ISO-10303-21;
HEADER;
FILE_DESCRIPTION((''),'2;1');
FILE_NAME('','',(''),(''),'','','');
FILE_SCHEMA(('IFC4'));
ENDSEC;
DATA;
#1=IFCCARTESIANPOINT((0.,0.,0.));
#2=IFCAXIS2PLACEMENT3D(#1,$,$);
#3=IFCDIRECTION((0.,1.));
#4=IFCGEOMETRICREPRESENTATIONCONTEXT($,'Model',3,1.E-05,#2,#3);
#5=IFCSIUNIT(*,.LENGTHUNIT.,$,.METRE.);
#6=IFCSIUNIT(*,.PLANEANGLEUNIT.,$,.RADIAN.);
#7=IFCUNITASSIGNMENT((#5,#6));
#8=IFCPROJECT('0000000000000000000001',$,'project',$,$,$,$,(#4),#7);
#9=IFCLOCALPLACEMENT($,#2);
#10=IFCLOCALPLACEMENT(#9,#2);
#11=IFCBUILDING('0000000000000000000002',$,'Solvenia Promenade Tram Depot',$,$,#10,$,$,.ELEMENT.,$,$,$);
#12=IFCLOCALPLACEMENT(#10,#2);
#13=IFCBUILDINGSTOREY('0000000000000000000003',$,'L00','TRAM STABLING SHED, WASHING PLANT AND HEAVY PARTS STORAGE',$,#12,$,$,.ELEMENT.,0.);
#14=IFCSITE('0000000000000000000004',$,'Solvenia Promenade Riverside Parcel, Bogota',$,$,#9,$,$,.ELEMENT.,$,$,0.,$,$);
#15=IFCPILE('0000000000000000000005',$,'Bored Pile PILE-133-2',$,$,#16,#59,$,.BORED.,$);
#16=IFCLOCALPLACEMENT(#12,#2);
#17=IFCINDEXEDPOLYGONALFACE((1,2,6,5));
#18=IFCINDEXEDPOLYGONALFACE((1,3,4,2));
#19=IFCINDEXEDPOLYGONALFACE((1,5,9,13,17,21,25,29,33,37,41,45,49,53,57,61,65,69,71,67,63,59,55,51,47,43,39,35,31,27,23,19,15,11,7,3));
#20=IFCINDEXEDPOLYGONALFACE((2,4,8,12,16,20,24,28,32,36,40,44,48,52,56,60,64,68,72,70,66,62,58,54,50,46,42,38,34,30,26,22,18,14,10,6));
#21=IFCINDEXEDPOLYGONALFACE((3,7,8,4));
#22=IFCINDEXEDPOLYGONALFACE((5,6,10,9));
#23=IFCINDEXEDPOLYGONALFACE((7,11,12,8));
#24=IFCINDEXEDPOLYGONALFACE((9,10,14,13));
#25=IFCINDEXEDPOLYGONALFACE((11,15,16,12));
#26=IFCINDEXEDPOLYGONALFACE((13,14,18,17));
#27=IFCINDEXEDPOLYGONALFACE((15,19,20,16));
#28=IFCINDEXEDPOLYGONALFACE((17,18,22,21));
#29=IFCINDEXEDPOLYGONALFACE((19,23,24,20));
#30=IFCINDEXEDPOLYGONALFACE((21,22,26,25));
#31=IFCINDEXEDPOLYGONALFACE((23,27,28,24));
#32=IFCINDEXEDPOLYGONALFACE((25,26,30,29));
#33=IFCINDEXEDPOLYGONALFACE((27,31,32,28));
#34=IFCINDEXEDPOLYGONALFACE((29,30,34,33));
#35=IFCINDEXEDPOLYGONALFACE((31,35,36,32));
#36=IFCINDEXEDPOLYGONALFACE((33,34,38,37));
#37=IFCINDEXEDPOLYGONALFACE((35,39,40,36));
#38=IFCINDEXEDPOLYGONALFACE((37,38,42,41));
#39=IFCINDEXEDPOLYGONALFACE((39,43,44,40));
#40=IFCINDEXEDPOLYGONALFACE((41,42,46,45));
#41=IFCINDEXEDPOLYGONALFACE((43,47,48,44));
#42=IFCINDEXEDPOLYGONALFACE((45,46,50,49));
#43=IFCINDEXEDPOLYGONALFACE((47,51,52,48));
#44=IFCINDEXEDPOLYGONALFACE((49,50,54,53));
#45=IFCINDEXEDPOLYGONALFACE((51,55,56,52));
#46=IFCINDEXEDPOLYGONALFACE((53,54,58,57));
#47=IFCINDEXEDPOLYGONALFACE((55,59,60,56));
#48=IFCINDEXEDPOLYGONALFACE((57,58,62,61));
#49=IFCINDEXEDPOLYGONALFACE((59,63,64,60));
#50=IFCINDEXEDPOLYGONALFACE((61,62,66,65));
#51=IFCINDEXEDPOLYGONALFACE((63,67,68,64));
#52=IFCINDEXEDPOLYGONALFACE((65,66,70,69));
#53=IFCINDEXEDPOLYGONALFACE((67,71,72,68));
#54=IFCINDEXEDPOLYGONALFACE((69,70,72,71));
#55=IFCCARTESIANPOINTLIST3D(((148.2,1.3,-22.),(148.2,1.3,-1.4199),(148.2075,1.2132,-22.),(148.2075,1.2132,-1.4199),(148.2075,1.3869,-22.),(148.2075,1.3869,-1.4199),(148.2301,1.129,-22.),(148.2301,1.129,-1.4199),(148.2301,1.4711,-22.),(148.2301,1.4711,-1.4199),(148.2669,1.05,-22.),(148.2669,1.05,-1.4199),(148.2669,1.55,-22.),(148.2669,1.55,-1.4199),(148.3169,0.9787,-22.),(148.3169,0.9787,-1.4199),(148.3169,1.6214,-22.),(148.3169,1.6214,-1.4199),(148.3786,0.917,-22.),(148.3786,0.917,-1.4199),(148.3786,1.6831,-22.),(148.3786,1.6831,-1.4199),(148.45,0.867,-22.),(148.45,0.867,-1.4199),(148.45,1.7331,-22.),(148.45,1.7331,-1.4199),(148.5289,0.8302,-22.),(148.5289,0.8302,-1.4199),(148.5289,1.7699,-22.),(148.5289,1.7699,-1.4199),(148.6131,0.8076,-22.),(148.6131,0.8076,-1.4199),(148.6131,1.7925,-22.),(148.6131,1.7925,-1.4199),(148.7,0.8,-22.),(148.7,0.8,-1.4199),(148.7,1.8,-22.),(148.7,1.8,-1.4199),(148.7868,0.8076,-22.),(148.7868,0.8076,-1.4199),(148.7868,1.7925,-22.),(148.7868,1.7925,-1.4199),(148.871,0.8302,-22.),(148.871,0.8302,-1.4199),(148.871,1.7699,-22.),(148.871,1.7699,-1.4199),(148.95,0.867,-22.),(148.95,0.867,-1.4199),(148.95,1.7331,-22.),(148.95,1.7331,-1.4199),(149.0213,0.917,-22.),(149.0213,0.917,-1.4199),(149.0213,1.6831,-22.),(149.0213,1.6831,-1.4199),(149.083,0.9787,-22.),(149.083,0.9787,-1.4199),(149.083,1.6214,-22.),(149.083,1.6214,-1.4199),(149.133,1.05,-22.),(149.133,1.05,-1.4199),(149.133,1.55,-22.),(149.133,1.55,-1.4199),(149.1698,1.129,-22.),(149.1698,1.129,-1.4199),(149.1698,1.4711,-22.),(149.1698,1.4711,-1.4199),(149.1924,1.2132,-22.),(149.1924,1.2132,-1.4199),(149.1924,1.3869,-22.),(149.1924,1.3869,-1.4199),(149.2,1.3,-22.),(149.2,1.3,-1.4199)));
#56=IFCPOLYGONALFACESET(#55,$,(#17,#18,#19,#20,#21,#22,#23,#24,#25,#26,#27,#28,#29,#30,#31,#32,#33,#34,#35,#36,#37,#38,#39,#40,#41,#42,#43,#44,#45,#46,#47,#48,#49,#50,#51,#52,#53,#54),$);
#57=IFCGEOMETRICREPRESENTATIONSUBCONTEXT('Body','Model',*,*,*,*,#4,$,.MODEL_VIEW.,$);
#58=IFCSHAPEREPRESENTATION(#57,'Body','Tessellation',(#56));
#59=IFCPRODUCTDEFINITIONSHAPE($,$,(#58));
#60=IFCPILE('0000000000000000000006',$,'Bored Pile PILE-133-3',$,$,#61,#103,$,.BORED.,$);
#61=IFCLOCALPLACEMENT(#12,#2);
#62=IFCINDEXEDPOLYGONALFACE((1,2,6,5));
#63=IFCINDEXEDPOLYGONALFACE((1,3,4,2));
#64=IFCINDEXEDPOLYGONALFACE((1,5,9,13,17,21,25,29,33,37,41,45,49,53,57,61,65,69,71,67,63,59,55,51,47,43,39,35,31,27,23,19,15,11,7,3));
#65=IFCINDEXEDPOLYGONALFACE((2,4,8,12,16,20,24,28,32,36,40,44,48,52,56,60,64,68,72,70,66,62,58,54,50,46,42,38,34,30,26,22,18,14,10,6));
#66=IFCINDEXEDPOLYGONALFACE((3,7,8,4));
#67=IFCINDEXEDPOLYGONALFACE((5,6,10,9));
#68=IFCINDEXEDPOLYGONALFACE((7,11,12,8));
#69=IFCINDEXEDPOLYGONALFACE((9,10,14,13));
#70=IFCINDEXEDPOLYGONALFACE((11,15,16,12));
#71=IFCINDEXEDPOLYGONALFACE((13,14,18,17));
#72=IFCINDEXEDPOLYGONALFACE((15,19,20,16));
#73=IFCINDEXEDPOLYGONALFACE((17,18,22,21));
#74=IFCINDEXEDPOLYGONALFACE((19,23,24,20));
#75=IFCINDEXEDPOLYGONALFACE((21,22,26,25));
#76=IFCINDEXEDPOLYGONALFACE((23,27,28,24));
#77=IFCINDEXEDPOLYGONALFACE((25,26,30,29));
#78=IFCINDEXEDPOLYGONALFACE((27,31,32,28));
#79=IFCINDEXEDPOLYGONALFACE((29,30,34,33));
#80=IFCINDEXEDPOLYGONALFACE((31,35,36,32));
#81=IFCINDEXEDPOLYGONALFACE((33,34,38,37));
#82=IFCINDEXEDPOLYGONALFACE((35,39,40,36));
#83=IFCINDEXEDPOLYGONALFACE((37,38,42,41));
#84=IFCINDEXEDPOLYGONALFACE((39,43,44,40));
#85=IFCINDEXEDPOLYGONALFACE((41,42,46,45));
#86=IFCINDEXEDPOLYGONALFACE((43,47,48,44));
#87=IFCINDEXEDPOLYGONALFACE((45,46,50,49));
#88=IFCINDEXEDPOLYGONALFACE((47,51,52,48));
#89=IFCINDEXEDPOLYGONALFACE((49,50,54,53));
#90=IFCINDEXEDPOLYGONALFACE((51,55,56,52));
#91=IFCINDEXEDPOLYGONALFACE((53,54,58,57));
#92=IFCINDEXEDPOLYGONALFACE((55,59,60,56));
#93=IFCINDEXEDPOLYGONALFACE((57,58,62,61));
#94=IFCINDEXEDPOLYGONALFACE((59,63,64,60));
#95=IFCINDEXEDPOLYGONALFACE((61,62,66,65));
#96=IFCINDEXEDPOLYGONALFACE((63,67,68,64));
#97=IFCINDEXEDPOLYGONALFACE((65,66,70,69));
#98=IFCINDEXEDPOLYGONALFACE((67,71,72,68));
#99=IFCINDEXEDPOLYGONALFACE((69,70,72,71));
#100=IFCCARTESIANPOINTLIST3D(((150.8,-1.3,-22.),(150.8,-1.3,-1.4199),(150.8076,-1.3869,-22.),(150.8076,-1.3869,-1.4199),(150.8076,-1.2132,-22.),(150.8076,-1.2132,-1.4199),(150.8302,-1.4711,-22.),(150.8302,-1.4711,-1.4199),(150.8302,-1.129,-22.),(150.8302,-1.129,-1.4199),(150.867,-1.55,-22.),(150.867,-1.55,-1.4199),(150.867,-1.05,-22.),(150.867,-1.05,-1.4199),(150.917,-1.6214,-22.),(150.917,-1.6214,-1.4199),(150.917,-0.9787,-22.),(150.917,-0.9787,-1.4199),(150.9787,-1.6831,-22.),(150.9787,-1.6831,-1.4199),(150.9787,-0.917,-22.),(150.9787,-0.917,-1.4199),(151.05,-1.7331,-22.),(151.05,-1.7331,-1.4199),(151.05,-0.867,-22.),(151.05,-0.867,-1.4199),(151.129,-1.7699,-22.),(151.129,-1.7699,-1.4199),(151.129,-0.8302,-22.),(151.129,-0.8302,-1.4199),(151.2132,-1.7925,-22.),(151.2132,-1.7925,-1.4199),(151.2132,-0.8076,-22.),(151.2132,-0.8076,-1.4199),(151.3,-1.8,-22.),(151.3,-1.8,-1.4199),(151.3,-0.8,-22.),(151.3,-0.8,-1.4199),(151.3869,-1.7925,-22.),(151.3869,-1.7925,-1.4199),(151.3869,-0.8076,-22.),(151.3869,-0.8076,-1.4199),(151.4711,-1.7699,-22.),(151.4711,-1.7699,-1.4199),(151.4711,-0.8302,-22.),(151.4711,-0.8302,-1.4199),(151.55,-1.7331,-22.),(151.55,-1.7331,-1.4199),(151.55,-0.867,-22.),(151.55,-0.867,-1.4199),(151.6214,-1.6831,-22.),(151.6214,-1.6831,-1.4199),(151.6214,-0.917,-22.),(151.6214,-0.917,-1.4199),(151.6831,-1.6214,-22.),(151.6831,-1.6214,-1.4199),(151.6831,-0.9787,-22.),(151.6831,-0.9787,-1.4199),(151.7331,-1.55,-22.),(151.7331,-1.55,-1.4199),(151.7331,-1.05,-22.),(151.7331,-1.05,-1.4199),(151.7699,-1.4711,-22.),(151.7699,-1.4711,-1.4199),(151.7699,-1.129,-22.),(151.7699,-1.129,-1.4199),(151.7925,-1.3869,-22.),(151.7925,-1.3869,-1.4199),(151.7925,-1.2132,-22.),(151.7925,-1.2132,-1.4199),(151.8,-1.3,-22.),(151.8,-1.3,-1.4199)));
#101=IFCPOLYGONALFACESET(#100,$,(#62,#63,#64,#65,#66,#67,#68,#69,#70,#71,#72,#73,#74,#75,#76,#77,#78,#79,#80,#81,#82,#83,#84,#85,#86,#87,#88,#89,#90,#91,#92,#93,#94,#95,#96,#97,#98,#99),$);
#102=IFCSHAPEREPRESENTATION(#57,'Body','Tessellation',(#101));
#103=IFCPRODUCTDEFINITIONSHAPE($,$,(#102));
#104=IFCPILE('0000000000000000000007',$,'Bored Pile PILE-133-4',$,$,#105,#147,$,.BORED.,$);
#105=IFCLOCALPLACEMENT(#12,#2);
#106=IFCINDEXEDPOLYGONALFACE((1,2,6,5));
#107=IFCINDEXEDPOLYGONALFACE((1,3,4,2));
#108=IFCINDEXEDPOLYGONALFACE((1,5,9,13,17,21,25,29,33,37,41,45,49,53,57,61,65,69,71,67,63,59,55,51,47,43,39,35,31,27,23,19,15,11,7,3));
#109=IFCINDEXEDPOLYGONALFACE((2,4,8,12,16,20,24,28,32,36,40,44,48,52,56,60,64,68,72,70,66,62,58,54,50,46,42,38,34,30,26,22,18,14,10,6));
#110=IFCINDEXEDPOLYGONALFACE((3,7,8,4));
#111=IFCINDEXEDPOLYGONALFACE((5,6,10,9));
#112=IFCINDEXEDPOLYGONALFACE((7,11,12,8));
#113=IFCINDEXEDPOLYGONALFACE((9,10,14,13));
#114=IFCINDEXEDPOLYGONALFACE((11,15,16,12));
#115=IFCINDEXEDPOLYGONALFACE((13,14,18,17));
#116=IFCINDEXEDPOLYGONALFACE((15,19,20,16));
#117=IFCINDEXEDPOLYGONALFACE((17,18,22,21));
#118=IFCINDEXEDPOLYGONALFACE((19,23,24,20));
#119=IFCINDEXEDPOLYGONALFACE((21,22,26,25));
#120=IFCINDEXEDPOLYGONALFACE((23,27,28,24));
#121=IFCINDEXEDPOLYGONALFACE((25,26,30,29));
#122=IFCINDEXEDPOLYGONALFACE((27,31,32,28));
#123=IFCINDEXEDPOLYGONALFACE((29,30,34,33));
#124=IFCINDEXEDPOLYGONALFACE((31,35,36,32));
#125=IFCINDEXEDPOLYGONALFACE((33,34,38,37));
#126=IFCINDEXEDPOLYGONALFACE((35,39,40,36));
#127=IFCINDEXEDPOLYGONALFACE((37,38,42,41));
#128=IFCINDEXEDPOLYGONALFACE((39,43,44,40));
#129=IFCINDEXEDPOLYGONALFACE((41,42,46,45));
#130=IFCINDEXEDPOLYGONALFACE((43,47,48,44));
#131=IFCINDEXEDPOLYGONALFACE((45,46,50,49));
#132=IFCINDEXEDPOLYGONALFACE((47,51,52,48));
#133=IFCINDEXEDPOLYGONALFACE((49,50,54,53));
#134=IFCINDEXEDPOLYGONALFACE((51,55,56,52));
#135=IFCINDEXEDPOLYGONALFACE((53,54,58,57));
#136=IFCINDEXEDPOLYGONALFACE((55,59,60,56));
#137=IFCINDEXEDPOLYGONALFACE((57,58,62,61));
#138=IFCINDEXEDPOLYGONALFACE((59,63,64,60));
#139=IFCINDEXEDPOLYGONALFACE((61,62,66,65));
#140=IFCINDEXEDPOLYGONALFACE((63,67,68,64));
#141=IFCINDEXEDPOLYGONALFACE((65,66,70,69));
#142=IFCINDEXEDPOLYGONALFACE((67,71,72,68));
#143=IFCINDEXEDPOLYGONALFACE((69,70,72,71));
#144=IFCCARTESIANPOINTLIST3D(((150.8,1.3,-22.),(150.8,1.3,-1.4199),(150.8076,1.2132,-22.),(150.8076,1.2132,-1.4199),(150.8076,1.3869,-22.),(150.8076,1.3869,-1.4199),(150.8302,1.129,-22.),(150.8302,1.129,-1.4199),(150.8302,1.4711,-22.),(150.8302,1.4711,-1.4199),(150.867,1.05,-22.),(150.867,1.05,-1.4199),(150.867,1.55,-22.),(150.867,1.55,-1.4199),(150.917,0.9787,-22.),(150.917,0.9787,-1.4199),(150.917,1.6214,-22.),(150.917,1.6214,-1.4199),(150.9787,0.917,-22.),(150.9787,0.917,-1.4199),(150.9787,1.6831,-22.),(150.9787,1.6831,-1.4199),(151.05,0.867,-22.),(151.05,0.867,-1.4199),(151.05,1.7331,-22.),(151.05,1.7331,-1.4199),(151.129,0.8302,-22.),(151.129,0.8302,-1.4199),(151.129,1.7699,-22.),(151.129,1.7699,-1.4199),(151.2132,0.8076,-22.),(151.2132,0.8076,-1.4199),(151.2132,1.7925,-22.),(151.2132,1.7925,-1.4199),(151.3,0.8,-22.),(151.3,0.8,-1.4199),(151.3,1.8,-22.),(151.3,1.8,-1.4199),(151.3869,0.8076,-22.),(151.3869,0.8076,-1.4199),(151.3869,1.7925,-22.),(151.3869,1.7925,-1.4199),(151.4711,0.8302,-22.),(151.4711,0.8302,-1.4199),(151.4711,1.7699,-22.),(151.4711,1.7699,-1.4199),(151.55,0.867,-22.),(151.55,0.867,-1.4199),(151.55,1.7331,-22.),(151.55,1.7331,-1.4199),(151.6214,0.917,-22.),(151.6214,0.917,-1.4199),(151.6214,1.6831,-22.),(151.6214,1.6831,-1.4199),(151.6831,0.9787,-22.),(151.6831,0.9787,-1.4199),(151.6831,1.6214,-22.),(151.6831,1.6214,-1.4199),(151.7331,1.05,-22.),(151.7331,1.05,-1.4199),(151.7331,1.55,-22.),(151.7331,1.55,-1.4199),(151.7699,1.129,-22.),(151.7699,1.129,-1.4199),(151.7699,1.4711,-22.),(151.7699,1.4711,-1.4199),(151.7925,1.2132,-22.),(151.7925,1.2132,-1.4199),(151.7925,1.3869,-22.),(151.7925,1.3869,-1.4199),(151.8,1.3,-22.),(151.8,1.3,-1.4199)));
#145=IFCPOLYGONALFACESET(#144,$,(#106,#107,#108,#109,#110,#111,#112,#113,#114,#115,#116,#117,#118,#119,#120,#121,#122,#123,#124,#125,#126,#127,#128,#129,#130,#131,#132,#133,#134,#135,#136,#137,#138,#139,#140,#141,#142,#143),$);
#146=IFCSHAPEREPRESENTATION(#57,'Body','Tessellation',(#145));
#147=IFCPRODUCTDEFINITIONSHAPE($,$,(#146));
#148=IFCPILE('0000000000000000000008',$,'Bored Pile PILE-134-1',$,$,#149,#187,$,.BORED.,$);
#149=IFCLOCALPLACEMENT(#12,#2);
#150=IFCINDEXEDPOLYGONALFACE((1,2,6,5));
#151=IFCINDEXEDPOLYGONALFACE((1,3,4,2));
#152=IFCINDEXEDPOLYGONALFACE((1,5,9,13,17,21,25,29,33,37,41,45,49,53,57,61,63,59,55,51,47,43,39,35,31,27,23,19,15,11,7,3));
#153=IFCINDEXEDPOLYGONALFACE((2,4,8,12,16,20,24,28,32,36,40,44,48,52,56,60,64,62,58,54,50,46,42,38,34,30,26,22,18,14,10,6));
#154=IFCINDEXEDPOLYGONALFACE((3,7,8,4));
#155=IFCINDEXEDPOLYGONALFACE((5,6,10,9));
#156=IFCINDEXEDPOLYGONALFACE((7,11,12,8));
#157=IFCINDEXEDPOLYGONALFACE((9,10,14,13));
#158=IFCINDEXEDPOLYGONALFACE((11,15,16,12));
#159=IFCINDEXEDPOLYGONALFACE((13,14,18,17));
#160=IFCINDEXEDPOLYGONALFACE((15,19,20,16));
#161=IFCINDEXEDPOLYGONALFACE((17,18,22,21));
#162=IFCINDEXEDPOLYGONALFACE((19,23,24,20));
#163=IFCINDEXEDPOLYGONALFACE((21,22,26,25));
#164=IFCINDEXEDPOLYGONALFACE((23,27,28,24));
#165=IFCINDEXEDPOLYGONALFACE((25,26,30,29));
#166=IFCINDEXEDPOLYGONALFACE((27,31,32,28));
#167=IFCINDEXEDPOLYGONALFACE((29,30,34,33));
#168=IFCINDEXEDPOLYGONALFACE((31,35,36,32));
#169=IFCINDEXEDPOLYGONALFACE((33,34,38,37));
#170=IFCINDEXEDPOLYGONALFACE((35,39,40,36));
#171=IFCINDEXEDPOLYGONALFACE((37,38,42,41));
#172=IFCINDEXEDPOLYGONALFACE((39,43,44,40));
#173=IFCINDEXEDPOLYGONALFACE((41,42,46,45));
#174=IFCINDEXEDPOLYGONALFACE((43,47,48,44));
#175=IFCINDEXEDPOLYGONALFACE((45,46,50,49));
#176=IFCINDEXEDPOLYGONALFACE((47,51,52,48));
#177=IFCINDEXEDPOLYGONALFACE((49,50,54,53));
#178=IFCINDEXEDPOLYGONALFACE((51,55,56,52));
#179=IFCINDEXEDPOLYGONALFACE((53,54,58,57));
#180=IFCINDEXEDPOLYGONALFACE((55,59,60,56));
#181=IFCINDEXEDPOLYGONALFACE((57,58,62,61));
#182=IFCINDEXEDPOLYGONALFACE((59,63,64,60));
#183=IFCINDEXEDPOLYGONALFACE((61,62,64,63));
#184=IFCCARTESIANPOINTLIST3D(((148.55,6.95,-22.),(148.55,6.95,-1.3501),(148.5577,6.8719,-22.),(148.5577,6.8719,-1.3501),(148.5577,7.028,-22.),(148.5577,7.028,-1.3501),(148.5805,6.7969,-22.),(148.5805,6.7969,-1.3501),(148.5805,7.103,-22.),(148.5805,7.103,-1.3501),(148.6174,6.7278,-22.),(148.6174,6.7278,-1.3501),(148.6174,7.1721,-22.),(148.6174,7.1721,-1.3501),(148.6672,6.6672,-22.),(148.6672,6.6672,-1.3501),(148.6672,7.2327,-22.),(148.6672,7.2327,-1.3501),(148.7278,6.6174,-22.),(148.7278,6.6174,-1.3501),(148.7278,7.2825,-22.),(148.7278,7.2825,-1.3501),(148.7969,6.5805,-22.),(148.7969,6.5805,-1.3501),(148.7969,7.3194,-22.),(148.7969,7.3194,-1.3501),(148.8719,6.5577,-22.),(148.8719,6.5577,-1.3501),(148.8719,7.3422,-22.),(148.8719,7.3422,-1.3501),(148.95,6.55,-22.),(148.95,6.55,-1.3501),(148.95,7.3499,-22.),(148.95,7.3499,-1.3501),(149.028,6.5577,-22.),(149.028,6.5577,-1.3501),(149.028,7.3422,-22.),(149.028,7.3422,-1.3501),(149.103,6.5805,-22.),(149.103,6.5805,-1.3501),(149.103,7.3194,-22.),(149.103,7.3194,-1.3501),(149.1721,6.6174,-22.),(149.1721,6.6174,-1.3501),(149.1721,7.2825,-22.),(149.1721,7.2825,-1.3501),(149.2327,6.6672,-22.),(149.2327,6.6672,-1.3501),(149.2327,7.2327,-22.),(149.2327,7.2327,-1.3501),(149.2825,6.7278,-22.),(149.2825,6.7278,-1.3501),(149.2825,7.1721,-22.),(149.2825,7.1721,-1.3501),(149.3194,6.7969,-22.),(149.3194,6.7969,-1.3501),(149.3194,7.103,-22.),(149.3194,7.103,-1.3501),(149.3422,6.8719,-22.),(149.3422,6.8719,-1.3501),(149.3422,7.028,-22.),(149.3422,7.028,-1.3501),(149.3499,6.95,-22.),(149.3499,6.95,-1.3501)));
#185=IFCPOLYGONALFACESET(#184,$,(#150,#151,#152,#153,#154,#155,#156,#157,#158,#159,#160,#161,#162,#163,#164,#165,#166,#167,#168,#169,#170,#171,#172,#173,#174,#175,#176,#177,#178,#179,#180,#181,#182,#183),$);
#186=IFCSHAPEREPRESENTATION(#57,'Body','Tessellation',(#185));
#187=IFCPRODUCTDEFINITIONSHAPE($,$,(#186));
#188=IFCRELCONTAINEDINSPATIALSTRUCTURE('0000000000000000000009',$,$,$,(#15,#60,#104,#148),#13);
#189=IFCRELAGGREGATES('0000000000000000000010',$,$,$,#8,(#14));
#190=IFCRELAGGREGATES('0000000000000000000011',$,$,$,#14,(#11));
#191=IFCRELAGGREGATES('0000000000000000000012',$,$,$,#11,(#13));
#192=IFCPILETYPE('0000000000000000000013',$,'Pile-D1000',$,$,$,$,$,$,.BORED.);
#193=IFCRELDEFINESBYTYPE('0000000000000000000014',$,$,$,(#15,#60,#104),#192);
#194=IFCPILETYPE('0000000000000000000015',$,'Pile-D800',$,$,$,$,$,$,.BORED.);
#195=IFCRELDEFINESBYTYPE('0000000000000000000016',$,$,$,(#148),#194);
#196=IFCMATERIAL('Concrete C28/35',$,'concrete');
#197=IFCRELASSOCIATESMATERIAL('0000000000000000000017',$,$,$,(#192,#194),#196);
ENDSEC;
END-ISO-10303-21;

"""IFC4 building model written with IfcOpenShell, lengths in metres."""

from ifc_helpers import new_model, si_unit, direction, frame, origin, origin_2d, place, context, subcontext, project, spatial, circle, extrude, material, material_profile, profile_set, type_object, element, save


model = new_model("IFC4")

# Units and contexts
model_context = context("Model", 3, precision=1e-05, world=origin(), true_north=direction((0.0, 1.0)))
body_context = subcontext(model_context, "Body", "Model", "MODEL_VIEW")
ifc_project = project(units=[si_unit("LENGTHUNIT", "METRE"), si_unit("PLANEANGLEUNIT", "RADIAN")], contexts=[model_context])

# Site, building, storey
site_placement = place(None, origin())
site = spatial("IfcSite", under=ifc_project, at=site_placement, Name="Solvenia Promenade Riverside Parcel, Bogota", CompositionType="ELEMENT", RefElevation=0.0)
building_placement = place(site_placement, origin())
building = spatial("IfcBuilding", under=site, at=building_placement, Name="Solvenia Promenade Tram Depot", CompositionType="ELEMENT")
storey_placement = place(building_placement, origin())
storey = spatial("IfcBuildingStorey", under=building, at=storey_placement, Name="L00", Description="TRAM STABLING SHED, WASHING PLANT AND HEAVY PARTS STORAGE", CompositionType="ELEMENT", Elevation=0.0)

# Shared definitions
ifc_material_1 = material(Name="Concrete C28/35", Category="concrete")

# Piles
ifc_material_profile_1 = material_profile(ifc_material_1, circle(Radius=0.5, at=origin_2d()), Name="D1000", Category="concrete")
ifc_profile_set_1 = profile_set([ifc_material_profile_1], Name="Concrete C28/35")
pile_type_1 = type_object("IfcPileType", Name="Pile-D1000", PredefinedType="BORED", material=ifc_profile_set_1)
for number, where, z_axis, x_axis, name in (
    (1, (148.7, 1.3, -1.4199), (0.0, 0.0, -1.0), (1.0, 0.0, 0.0), "Bored Pile PILE-133-2"),
    (2, (151.3, -1.3, -1.4199), (0.0, 0.0, -1.0), (1.0, 0.0, 0.0), "Bored Pile PILE-133-3"),
    (3, (151.3, 1.3, -1.4199), (0.0, 0.0, -1.0), (1.0, 0.0, 0.0), "Bored Pile PILE-133-4"),
):
    element("IfcPile", number, at=place(storey_placement, frame(where, z_axis=z_axis, x_axis=x_axis)), inside=storey, type_object=pile_type_1, Name=name, PredefinedType="BORED", context=body_context, shape_type="SweptSolid", body=[
        extrude(circle(Radius=0.5, at=origin_2d()), origin(), (0.0, 0.0, 1.0), 20.5801),
    ])
ifc_material_profile_2 = material_profile(ifc_material_1, circle(Radius=0.3999, at=origin_2d()), Name="D800", Category="concrete")
ifc_profile_set_2 = profile_set([ifc_material_profile_2], Name="Concrete C28/35")
pile_type_2 = type_object("IfcPileType", Name="Pile-D800", PredefinedType="BORED", material=ifc_profile_set_2)
for number, where, z_axis, x_axis, name in (
    (4, (148.95, 6.95, -1.3501), (0.0, 0.0, -1.0), (1.0, 0.0, 0.0), "Bored Pile PILE-134-1"),
):
    element("IfcPile", number, at=place(storey_placement, frame(where, z_axis=z_axis, x_axis=x_axis)), inside=storey, type_object=pile_type_2, Name=name, PredefinedType="BORED", context=body_context, shape_type="SweptSolid", body=[
        extrude(circle(Radius=0.3999, at=origin_2d()), origin(), (0.0, 0.0, 1.0), 20.6499),
    ])

save(model, "model.ifc")
